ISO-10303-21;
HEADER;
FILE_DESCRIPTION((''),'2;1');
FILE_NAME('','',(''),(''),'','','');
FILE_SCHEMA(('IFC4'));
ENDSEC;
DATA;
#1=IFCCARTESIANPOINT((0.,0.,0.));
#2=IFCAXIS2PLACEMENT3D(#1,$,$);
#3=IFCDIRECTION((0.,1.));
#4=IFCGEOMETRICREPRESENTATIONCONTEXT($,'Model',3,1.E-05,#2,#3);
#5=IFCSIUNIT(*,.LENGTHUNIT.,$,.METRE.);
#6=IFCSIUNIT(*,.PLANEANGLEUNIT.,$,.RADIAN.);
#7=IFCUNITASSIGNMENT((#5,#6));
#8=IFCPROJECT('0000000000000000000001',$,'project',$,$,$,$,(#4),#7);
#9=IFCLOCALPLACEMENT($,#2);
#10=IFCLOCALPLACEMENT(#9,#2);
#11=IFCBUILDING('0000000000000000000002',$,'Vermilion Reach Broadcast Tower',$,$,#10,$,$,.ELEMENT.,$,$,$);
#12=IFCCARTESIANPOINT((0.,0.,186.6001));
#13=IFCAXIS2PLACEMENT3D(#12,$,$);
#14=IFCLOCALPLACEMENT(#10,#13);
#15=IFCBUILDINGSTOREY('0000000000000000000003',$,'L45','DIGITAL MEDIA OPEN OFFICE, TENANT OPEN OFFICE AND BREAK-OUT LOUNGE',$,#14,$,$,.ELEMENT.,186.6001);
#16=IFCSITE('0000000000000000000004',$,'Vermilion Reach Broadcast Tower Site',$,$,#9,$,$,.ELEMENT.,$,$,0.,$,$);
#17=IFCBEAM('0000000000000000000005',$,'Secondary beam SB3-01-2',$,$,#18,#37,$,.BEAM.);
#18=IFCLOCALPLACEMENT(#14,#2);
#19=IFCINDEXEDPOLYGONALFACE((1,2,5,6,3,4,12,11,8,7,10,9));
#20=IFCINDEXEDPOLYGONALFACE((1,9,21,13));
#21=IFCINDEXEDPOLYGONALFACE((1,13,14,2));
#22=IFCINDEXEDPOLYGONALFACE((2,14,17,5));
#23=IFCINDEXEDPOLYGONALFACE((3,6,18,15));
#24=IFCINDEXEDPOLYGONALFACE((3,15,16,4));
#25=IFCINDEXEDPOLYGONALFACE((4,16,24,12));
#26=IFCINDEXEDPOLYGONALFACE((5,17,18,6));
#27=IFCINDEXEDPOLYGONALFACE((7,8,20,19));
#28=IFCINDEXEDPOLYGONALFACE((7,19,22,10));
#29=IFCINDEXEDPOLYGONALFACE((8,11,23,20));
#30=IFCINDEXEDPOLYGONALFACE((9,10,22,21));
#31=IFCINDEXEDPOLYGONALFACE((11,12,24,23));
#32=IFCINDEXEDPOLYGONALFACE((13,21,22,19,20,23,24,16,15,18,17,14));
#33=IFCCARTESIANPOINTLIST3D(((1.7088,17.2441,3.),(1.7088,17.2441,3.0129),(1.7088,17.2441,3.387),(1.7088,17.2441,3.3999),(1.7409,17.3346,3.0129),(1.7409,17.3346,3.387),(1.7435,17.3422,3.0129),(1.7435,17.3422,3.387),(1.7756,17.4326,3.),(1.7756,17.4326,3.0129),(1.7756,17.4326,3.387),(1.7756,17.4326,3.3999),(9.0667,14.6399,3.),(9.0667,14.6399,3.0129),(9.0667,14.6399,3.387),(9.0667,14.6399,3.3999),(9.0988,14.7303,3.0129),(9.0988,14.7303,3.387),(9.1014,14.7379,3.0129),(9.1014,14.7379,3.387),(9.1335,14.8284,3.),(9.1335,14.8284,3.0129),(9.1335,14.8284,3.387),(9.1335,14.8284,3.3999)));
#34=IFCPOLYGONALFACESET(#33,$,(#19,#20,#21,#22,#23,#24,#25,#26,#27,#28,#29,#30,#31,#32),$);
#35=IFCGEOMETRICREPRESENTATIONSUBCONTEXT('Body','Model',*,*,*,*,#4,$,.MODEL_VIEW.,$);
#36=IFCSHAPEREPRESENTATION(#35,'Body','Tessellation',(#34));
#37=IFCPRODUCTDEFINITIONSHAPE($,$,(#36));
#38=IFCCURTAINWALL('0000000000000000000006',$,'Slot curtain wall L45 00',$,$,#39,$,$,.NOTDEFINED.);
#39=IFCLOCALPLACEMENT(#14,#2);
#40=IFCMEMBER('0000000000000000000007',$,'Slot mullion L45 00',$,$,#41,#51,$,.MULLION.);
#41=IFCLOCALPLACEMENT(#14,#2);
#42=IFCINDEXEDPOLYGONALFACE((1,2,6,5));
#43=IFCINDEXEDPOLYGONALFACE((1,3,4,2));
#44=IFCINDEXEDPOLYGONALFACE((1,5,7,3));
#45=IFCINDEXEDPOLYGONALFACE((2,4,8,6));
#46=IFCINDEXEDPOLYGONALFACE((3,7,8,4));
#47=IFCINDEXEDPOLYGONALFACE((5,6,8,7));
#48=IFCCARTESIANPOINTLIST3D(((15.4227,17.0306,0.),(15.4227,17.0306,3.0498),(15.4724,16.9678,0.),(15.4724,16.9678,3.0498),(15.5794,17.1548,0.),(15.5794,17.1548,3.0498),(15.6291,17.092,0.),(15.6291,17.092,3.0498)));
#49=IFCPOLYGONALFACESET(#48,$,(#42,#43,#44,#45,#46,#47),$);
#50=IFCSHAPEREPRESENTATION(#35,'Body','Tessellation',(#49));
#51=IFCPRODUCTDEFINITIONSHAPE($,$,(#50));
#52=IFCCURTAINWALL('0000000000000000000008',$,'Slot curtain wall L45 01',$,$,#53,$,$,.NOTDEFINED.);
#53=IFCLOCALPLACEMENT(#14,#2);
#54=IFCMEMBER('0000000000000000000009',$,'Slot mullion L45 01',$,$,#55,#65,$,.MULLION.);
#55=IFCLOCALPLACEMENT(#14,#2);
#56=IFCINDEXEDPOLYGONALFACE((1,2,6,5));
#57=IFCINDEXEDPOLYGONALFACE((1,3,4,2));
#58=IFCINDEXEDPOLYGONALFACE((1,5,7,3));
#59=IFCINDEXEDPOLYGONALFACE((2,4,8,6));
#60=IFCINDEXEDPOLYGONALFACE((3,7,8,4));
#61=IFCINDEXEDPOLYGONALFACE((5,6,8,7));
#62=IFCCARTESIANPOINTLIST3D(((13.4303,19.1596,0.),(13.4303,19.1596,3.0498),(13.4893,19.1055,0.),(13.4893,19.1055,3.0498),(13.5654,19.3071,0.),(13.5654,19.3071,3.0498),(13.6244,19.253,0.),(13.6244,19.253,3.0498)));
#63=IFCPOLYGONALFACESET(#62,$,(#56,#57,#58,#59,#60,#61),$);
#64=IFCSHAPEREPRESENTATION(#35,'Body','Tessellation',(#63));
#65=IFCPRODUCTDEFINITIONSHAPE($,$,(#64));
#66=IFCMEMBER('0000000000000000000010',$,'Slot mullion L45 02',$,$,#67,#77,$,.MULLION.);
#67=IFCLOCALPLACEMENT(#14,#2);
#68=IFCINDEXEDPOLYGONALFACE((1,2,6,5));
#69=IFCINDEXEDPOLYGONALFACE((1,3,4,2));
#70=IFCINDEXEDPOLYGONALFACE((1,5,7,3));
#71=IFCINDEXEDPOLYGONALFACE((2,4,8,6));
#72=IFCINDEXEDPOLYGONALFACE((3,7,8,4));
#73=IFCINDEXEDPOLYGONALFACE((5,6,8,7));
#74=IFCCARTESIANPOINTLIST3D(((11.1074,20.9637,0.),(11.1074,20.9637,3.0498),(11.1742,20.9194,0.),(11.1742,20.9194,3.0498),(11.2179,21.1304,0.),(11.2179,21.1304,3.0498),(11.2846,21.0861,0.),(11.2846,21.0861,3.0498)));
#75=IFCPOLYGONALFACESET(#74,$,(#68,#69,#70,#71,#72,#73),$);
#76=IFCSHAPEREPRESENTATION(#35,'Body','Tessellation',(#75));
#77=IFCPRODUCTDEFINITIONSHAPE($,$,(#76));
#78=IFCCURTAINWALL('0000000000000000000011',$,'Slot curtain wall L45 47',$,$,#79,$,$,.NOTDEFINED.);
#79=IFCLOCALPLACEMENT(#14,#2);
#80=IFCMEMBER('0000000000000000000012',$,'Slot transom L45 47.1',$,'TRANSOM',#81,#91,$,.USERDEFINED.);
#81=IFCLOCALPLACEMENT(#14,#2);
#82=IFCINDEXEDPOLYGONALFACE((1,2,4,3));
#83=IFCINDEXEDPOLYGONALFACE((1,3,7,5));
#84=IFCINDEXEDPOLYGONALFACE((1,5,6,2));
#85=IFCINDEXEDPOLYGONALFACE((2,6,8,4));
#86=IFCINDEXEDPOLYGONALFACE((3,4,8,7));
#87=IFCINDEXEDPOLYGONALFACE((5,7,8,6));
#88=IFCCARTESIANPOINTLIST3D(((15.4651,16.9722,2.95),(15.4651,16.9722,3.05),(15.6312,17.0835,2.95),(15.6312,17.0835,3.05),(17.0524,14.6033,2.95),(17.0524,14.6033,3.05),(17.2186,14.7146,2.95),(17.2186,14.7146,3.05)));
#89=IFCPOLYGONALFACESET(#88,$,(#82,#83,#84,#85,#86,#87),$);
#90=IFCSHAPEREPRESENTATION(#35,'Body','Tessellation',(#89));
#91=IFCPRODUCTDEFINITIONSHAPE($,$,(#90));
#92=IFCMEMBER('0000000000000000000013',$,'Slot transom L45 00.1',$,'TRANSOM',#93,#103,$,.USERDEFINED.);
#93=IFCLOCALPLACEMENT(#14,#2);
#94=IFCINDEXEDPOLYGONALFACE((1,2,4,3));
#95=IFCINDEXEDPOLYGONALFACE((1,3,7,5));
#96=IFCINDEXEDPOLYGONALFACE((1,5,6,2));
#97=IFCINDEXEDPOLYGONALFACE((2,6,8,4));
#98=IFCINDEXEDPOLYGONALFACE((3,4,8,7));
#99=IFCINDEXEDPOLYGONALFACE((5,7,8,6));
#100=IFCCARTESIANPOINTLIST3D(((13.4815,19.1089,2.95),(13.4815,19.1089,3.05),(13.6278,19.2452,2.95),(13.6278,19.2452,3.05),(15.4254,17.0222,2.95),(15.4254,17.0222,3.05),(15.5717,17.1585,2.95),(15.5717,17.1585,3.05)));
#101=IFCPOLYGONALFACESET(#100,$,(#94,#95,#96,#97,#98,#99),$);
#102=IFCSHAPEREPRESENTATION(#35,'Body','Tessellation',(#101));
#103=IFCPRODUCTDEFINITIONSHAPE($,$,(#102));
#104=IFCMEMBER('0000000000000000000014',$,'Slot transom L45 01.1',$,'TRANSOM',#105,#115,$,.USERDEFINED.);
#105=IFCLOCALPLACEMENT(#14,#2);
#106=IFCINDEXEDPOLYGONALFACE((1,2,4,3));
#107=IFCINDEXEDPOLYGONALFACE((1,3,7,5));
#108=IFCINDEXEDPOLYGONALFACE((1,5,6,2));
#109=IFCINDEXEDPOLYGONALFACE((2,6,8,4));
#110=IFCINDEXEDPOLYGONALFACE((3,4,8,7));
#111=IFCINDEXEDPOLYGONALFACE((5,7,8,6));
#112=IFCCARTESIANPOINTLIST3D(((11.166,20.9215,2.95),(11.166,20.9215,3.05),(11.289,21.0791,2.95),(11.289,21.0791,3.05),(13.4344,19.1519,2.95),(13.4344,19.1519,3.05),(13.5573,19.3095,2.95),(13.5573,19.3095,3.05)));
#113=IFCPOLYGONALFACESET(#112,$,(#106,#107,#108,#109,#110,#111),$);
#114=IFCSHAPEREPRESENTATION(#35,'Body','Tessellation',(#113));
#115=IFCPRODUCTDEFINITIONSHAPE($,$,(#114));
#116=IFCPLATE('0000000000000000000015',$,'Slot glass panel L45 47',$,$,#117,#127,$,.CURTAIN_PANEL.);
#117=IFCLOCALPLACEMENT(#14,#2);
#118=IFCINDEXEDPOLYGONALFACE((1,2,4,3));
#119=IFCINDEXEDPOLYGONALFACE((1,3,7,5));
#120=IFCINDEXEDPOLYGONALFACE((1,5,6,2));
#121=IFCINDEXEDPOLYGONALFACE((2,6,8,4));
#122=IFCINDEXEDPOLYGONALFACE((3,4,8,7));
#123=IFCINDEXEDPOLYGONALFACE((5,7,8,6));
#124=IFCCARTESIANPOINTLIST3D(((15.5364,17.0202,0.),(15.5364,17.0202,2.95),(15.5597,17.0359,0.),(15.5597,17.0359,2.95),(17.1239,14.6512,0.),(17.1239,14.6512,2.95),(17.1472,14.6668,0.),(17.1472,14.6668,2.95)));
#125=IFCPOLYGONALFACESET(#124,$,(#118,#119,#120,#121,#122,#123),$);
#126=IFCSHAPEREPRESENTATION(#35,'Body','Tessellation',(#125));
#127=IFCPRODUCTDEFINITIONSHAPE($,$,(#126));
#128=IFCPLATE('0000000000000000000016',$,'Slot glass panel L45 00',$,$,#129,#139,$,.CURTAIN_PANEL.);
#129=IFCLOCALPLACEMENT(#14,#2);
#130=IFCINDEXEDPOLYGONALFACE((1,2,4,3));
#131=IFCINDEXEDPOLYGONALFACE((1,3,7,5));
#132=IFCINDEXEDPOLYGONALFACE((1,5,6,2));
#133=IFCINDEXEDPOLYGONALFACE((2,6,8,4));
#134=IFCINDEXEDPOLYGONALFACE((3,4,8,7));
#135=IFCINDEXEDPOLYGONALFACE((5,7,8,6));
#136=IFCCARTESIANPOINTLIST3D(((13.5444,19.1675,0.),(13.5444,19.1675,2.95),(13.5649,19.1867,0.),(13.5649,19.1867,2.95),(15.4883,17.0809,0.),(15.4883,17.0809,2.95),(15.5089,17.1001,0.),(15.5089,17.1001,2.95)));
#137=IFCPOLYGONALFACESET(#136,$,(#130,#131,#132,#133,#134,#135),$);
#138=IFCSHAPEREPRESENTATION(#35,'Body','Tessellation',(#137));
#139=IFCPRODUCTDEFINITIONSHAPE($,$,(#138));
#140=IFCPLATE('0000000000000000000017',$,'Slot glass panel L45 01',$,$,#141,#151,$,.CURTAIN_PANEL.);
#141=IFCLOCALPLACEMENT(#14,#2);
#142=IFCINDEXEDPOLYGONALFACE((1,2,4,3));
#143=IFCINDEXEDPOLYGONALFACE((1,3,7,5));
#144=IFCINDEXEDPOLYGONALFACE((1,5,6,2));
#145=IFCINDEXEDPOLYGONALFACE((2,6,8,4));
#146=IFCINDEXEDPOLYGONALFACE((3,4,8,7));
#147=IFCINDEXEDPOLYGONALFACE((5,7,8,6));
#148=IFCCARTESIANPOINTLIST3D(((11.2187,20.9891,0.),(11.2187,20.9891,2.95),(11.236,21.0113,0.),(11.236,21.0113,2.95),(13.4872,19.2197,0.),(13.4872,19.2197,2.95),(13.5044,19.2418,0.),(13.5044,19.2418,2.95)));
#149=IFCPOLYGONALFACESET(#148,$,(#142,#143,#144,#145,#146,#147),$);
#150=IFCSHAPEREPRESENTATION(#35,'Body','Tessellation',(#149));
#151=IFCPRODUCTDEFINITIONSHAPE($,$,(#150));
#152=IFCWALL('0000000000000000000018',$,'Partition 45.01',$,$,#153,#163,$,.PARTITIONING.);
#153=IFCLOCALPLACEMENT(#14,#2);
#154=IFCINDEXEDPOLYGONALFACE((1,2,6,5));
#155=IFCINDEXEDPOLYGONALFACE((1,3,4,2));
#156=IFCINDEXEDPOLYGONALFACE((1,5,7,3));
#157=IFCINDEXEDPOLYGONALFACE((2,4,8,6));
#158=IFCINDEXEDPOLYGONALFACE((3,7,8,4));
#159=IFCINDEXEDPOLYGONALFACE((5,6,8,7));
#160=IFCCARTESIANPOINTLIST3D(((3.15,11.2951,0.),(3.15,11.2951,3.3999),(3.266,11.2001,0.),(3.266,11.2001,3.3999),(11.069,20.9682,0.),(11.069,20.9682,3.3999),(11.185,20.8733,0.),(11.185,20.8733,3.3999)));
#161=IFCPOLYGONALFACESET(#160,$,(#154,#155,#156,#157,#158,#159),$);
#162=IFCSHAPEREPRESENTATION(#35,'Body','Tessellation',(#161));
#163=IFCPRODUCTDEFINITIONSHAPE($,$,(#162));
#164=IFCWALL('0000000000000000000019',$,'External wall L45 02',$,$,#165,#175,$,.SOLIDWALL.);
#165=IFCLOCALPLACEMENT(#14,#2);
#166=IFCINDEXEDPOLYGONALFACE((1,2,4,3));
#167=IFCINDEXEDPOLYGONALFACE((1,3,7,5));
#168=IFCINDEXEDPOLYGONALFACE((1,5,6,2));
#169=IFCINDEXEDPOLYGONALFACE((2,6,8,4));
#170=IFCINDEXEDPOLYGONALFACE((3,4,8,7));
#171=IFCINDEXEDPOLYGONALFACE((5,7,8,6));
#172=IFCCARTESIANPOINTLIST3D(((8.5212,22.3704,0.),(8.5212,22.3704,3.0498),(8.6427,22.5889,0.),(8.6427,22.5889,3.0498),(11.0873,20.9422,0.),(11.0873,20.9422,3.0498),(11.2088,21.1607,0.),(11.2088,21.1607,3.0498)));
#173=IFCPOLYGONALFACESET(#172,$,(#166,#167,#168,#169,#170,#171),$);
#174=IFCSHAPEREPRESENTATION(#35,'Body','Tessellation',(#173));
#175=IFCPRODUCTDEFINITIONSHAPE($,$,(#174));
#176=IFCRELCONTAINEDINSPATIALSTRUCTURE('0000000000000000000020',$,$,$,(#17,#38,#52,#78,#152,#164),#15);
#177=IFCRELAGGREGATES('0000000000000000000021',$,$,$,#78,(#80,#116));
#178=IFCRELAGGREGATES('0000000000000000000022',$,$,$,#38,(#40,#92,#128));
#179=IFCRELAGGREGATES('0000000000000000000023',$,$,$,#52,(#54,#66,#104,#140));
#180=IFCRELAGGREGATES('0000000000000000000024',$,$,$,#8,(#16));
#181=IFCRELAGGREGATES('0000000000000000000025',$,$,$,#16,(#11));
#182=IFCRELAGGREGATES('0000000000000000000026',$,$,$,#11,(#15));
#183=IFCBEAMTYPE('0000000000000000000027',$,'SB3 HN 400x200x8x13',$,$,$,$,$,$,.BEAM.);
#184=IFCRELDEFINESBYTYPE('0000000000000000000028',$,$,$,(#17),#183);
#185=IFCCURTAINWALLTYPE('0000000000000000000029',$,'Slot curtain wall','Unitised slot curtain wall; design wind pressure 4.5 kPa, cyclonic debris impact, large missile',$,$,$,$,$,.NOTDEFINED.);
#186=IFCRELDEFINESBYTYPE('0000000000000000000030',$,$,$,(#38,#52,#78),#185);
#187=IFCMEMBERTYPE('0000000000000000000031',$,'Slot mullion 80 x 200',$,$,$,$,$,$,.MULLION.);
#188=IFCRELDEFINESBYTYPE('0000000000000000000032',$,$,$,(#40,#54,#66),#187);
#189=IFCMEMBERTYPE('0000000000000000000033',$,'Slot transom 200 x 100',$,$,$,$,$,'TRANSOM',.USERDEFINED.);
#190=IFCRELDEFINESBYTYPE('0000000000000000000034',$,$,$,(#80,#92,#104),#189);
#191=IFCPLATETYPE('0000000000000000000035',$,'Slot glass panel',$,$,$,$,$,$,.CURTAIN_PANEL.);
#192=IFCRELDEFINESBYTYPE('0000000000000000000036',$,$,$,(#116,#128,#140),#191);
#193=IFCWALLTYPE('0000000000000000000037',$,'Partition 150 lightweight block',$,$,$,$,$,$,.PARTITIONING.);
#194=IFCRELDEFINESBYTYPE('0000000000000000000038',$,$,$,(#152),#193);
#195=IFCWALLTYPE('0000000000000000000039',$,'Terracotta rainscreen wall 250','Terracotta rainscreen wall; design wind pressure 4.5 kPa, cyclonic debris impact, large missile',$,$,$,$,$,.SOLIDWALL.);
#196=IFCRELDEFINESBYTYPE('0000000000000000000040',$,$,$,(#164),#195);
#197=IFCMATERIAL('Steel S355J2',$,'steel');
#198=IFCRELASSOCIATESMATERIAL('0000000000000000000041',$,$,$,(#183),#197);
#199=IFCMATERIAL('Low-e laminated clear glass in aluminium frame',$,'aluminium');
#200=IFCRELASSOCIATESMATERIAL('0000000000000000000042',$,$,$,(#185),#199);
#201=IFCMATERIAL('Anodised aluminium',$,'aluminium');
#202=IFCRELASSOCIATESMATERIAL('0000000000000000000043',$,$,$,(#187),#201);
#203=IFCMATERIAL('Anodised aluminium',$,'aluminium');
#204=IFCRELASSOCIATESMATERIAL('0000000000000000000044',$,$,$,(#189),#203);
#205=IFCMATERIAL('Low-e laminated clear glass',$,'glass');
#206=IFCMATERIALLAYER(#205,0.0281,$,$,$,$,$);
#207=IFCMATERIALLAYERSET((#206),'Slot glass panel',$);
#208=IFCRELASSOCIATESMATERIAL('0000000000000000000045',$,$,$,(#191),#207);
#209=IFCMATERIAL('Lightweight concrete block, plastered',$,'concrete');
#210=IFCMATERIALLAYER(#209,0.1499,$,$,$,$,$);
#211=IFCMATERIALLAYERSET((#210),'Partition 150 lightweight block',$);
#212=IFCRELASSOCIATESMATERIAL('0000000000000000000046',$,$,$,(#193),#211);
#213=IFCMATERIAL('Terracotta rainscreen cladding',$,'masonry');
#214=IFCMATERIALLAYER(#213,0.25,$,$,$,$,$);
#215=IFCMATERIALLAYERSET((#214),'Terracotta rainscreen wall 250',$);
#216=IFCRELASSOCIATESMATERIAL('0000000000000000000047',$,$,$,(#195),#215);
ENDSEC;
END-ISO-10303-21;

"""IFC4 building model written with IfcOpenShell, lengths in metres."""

from ifc_helpers import new_model, si_unit, direction, frame, frame_2d, origin, origin_2d, place, context, subcontext, project, spatial, rectangle, i_section, extrude, material, layer, layer_set, material_profile, profile_set, type_object, element, aggregate, save


model = new_model("IFC4")

# Units and contexts
model_context = context("Model", 3, precision=1e-05, world=origin(), true_north=direction((0.0, 1.0)))
body_context = subcontext(model_context, "Body", "Model", "MODEL_VIEW")
ifc_project = project(units=[si_unit("LENGTHUNIT", "METRE"), si_unit("PLANEANGLEUNIT", "RADIAN")], contexts=[model_context])

# Site, building, storey
site_placement = place(None, origin())
site = spatial("IfcSite", under=ifc_project, at=site_placement, Name="Vermilion Reach Broadcast Tower Site", CompositionType="ELEMENT", RefElevation=0.0)
building_placement = place(site_placement, origin())
building = spatial("IfcBuilding", under=site, at=building_placement, Name="Vermilion Reach Broadcast Tower", CompositionType="ELEMENT")
storey_placement = place(building_placement, frame((0.0, 0.0, 186.6001)))
storey = spatial("IfcBuildingStorey", under=building, at=storey_placement, Name="L45", Description="DIGITAL MEDIA OPEN OFFICE, TENANT OPEN OFFICE AND BREAK-OUT LOUNGE", CompositionType="ELEMENT", Elevation=186.6001)

# Beam
ifc_material_1 = material(Name="Steel S355J2", Category="steel")
ifc_material_profile_1 = material_profile(ifc_material_1, i_section(OverallWidth=0.2, OverallDepth=0.3999, WebThickness=0.0081, FlangeThickness=0.0129, at=origin_2d()), Name="S355J2 HN 400x200x8x13")
ifc_profile_set_1 = profile_set([ifc_material_profile_1], Name="Steel S355J2")
beam_type_1 = type_object("IfcBeamType", Name="SB3 HN 400x200x8x13", PredefinedType="BEAM", material=ifc_profile_set_1)
beam_1_placement = place(storey_placement, frame((9.1001, 14.7341, 3.2), z_axis=(-0.942695, 0.333656, 0.0), x_axis=(-0.333656, -0.942695, 0.0)))
element("IfcBeam", 1, at=beam_1_placement, inside=storey, type_object=beam_type_1, Name="Secondary beam SB3-01-2", PredefinedType="BEAM", context=body_context, shape_type="SweptSolid", body=[
    extrude(i_section(OverallWidth=0.2, OverallDepth=0.3999, WebThickness=0.0081, FlangeThickness=0.0129, at=origin_2d()), origin(), (0.0, 0.0, 1.0), 7.8052),
])

# Curtain wall, member
ifc_material_2 = material(Name="Low-e laminated clear glass in aluminium frame", Category="aluminium")
curtain_wall_type = type_object("IfcCurtainWallType", Name="Slot curtain wall", Description="Unitised slot curtain wall; design wind pressure 4.5 kPa, cyclonic debris impact, large missile", PredefinedType="NOTDEFINED", material=ifc_material_2)
placement = place(storey_placement, origin())
curtain_wall_1 = element("IfcCurtainWall", 2, at=placement, inside=storey, type_object=curtain_wall_type, Name="Slot curtain wall L45 00", PredefinedType="NOTDEFINED")
ifc_material_3 = material(Name="Anodised aluminium", Category="aluminium")
ifc_material_profile_2 = material_profile(ifc_material_3, rectangle(XDim=0.2, YDim=0.0801, at=origin_2d()), Name="Slot mullion 80 x 200")
ifc_profile_set_2 = profile_set([ifc_material_profile_2], Name="Anodised aluminium")
member_type_1 = type_object("IfcMemberType", Name="Slot mullion 80 x 200", PredefinedType="MULLION", material=ifc_profile_set_2)
member_1_placement = place(storey_placement, frame((15.5259, 17.0613, 0.0), z_axis=(0.0, 0.0, 1.0), x_axis=(-0.783693, -0.621148, 0.0)))
member_1 = element("IfcMember", 3, at=member_1_placement, type_object=member_type_1, Name="Slot mullion L45 00", PredefinedType="MULLION", context=body_context, shape_type="SweptSolid", body=[
    extrude(rectangle(XDim=0.2, YDim=0.0801, at=origin_2d()), origin(), (0.0, 0.0, 1.0), 3.0498),
])

# Curtain wall, members
curtain_wall_2 = element("IfcCurtainWall", 4, at=placement, inside=storey, type_object=curtain_wall_type, Name="Slot curtain wall L45 01", PredefinedType="NOTDEFINED")
member_2_placement = place(storey_placement, frame((13.5273, 19.2063, 0.0), z_axis=(0.0, 0.0, 1.0), x_axis=(-0.675476, -0.737382, 0.0)))
member_2 = element("IfcMember", 5, at=member_2_placement, type_object=member_type_1, Name="Slot mullion L45 01", PredefinedType="MULLION", context=body_context, shape_type="SweptSolid", body=[
    extrude(rectangle(XDim=0.2, YDim=0.0801, at=origin_2d()), origin(), (0.0, 0.0, 1.0), 3.0498),
])
member_3_placement = place(storey_placement, frame((11.196, 21.0249, 0.0), z_axis=(0.0, 0.0, 1.0), x_axis=(-0.552323, -0.83363, 0.0)))
member_3 = element("IfcMember", 6, at=member_3_placement, type_object=member_type_1, Name="Slot mullion L45 02", PredefinedType="MULLION", context=body_context, shape_type="SweptSolid", body=[
    extrude(rectangle(XDim=0.2, YDim=0.0801, at=origin_2d()), origin(), (0.0, 0.0, 1.0), 3.0498),
])

# Curtain wall, member
curtain_wall_3 = element("IfcCurtainWall", 7, at=placement, inside=storey, type_object=curtain_wall_type, Name="Slot curtain wall L45 47", PredefinedType="NOTDEFINED")
ifc_material_4 = material(Name="Anodised aluminium", Category="aluminium")
ifc_material_profile_3 = material_profile(ifc_material_4, rectangle(XDim=0.2, YDim=0.1001, at=origin_2d()), Name="Slot transom 200 x 100")
ifc_profile_set_3 = profile_set([ifc_material_profile_3], Name="Anodised aluminium")
member_type_2 = type_object("IfcMemberType", Name="Slot transom 200 x 100", ElementType="TRANSOM", PredefinedType="USERDEFINED", material=ifc_profile_set_3)
member_4_placement = place(storey_placement, frame((17.1355, 14.6589, 3.0), z_axis=(-0.556674, 0.830731, 0.0), x_axis=(-0.830731, -0.556674, 0.0)))
member_4 = element("IfcMember", 8, at=member_4_placement, type_object=member_type_2, Name="Slot transom L45 47.1", ObjectType="TRANSOM", PredefinedType="USERDEFINED", context=body_context, shape_type="SweptSolid", body=[
    extrude(rectangle(XDim=0.2, YDim=0.1001, at=origin_2d()), origin(), (0.0, 0.0, 1.0), 2.8516),
])

# Members
member_5_placement = place(storey_placement, frame((15.4985, 17.0903, 3.0), z_axis=(-0.681622, 0.731704, 0.0), x_axis=(-0.731704, -0.681622, 0.0)))
member_5 = element("IfcMember", 9, at=member_5_placement, type_object=member_type_2, Name="Slot transom L45 00.1", ObjectType="TRANSOM", PredefinedType="USERDEFINED", context=body_context, shape_type="SweptSolid", body=[
    extrude(rectangle(XDim=0.2, YDim=0.1001, at=origin_2d()), origin(), (0.0, 0.0, 1.0), 2.8518),
])
member_6_placement = place(storey_placement, frame((13.4958, 19.2307, 3.0), z_axis=(-0.78846, 0.615086, 0.0), x_axis=(-0.615086, -0.78846, 0.0)))
member_6 = element("IfcMember", 10, at=member_6_placement, type_object=member_type_2, Name="Slot transom L45 01.1", ObjectType="TRANSOM", PredefinedType="USERDEFINED", context=body_context, shape_type="SweptSolid", body=[
    extrude(rectangle(XDim=0.2, YDim=0.1001, at=origin_2d()), origin(), (0.0, 0.0, 1.0), 2.877),
])

# Plates
ifc_material_5 = material(Name="Low-e laminated clear glass", Category="glass")
ifc_layer_1 = layer(ifc_material_5, 0.0281)
ifc_layer_set_1 = layer_set([ifc_layer_1], Name="Slot glass panel")
plate_type = type_object("IfcPlateType", Name="Slot glass panel", PredefinedType="CURTAIN_PANEL", material=ifc_layer_set_1)
plate_1_placement = place(storey_placement, frame((16.3418, 15.8435, 0.0), z_axis=(0.0, 0.0, 1.0), x_axis=(-0.556684, 0.830725, 0.0)))
plate_1 = element("IfcPlate", 11, at=plate_1_placement, type_object=plate_type, Name="Slot glass panel L45 47", PredefinedType="CURTAIN_PANEL", context=body_context, shape_type="SweptSolid", body=[
    extrude(rectangle(XDim=2.8518, YDim=0.0281, at=origin_2d()), origin(), (0.0, 0.0, 1.0), 2.95),
])
aggregate(curtain_wall_3, [member_4, plate_1])
plate_2_placement = place(storey_placement, frame((14.5266, 18.1338, 0.0), z_axis=(0.0, 0.0, 1.0), x_axis=(-0.681657, 0.731672, 0.0)))
plate_2 = element("IfcPlate", 12, at=plate_2_placement, type_object=plate_type, Name="Slot glass panel L45 00", PredefinedType="CURTAIN_PANEL", context=body_context, shape_type="SweptSolid", body=[
    extrude(rectangle(XDim=2.8518, YDim=0.0281, at=origin_2d()), origin(), (0.0, 0.0, 1.0), 2.95),
])
aggregate(curtain_wall_1, [member_1, member_5, plate_2])
plate_3_placement = place(storey_placement, frame((12.3616, 20.1155, 0.0), z_axis=(0.0, 0.0, 1.0), x_axis=(-0.788489, 0.615049, 0.0)))
plate_3 = element("IfcPlate", 13, at=plate_3_placement, type_object=plate_type, Name="Slot glass panel L45 01", PredefinedType="CURTAIN_PANEL", context=body_context, shape_type="SweptSolid", body=[
    extrude(rectangle(XDim=2.877, YDim=0.0281, at=origin_2d()), origin(), (0.0, 0.0, 1.0), 2.95),
])
aggregate(curtain_wall_2, [member_2, member_3, member_6, plate_3])

# Walls
ifc_material_6 = material(Name="Lightweight concrete block, plastered", Category="concrete")
ifc_layer_2 = layer(ifc_material_6, 0.1499)
ifc_layer_set_2 = layer_set([ifc_layer_2], Name="Partition 150 lightweight block")
wall_type_1 = type_object("IfcWallType", Name="Partition 150 lightweight block", PredefinedType="PARTITIONING", material=ifc_layer_set_2)
wall_1_placement = place(storey_placement, frame((11.127, 20.9207, 0.0), z_axis=(0.0, 0.0, 1.0), x_axis=(-0.633458, -0.773777, 0.0)))
element("IfcWall", 14, at=wall_1_placement, inside=storey, type_object=wall_type_1, Name="Partition 45.01", PredefinedType="PARTITIONING", context=body_context, shape_type="SweptSolid", body=[
    extrude(rectangle(XDim=12.5012, YDim=0.1499, at=frame_2d((6.2505, 0.0))), origin(), (0.0, 0.0, 1.0), 3.3999),
])
ifc_material_7 = material(Name="Terracotta rainscreen cladding", Category="masonry")
ifc_layer_3 = layer(ifc_material_7, 0.25)
ifc_layer_set_3 = layer_set([ifc_layer_3], Name="Terracotta rainscreen wall 250")
wall_type_2 = type_object("IfcWallType", Name="Terracotta rainscreen wall 250", Description="Terracotta rainscreen wall; design wind pressure 4.5 kPa, cyclonic debris impact, large missile", PredefinedType="SOLIDWALL", material=ifc_layer_set_3)
wall_2_placement = place(storey_placement, frame((11.1479, 21.0515, 0.0), z_axis=(0.0, 0.0, 1.0), x_axis=(-0.873785, 0.486313, 0.0)))
element("IfcWall", 15, at=wall_2_placement, inside=storey, type_object=wall_type_2, Name="External wall L45 02", PredefinedType="SOLIDWALL", context=body_context, shape_type="SweptSolid", body=[
    extrude(rectangle(XDim=2.9368, YDim=0.25, at=frame_2d((1.4683, 0.0))), origin(), (0.0, 0.0, 1.0), 3.0498),
])

save(model, "model.ifc")
